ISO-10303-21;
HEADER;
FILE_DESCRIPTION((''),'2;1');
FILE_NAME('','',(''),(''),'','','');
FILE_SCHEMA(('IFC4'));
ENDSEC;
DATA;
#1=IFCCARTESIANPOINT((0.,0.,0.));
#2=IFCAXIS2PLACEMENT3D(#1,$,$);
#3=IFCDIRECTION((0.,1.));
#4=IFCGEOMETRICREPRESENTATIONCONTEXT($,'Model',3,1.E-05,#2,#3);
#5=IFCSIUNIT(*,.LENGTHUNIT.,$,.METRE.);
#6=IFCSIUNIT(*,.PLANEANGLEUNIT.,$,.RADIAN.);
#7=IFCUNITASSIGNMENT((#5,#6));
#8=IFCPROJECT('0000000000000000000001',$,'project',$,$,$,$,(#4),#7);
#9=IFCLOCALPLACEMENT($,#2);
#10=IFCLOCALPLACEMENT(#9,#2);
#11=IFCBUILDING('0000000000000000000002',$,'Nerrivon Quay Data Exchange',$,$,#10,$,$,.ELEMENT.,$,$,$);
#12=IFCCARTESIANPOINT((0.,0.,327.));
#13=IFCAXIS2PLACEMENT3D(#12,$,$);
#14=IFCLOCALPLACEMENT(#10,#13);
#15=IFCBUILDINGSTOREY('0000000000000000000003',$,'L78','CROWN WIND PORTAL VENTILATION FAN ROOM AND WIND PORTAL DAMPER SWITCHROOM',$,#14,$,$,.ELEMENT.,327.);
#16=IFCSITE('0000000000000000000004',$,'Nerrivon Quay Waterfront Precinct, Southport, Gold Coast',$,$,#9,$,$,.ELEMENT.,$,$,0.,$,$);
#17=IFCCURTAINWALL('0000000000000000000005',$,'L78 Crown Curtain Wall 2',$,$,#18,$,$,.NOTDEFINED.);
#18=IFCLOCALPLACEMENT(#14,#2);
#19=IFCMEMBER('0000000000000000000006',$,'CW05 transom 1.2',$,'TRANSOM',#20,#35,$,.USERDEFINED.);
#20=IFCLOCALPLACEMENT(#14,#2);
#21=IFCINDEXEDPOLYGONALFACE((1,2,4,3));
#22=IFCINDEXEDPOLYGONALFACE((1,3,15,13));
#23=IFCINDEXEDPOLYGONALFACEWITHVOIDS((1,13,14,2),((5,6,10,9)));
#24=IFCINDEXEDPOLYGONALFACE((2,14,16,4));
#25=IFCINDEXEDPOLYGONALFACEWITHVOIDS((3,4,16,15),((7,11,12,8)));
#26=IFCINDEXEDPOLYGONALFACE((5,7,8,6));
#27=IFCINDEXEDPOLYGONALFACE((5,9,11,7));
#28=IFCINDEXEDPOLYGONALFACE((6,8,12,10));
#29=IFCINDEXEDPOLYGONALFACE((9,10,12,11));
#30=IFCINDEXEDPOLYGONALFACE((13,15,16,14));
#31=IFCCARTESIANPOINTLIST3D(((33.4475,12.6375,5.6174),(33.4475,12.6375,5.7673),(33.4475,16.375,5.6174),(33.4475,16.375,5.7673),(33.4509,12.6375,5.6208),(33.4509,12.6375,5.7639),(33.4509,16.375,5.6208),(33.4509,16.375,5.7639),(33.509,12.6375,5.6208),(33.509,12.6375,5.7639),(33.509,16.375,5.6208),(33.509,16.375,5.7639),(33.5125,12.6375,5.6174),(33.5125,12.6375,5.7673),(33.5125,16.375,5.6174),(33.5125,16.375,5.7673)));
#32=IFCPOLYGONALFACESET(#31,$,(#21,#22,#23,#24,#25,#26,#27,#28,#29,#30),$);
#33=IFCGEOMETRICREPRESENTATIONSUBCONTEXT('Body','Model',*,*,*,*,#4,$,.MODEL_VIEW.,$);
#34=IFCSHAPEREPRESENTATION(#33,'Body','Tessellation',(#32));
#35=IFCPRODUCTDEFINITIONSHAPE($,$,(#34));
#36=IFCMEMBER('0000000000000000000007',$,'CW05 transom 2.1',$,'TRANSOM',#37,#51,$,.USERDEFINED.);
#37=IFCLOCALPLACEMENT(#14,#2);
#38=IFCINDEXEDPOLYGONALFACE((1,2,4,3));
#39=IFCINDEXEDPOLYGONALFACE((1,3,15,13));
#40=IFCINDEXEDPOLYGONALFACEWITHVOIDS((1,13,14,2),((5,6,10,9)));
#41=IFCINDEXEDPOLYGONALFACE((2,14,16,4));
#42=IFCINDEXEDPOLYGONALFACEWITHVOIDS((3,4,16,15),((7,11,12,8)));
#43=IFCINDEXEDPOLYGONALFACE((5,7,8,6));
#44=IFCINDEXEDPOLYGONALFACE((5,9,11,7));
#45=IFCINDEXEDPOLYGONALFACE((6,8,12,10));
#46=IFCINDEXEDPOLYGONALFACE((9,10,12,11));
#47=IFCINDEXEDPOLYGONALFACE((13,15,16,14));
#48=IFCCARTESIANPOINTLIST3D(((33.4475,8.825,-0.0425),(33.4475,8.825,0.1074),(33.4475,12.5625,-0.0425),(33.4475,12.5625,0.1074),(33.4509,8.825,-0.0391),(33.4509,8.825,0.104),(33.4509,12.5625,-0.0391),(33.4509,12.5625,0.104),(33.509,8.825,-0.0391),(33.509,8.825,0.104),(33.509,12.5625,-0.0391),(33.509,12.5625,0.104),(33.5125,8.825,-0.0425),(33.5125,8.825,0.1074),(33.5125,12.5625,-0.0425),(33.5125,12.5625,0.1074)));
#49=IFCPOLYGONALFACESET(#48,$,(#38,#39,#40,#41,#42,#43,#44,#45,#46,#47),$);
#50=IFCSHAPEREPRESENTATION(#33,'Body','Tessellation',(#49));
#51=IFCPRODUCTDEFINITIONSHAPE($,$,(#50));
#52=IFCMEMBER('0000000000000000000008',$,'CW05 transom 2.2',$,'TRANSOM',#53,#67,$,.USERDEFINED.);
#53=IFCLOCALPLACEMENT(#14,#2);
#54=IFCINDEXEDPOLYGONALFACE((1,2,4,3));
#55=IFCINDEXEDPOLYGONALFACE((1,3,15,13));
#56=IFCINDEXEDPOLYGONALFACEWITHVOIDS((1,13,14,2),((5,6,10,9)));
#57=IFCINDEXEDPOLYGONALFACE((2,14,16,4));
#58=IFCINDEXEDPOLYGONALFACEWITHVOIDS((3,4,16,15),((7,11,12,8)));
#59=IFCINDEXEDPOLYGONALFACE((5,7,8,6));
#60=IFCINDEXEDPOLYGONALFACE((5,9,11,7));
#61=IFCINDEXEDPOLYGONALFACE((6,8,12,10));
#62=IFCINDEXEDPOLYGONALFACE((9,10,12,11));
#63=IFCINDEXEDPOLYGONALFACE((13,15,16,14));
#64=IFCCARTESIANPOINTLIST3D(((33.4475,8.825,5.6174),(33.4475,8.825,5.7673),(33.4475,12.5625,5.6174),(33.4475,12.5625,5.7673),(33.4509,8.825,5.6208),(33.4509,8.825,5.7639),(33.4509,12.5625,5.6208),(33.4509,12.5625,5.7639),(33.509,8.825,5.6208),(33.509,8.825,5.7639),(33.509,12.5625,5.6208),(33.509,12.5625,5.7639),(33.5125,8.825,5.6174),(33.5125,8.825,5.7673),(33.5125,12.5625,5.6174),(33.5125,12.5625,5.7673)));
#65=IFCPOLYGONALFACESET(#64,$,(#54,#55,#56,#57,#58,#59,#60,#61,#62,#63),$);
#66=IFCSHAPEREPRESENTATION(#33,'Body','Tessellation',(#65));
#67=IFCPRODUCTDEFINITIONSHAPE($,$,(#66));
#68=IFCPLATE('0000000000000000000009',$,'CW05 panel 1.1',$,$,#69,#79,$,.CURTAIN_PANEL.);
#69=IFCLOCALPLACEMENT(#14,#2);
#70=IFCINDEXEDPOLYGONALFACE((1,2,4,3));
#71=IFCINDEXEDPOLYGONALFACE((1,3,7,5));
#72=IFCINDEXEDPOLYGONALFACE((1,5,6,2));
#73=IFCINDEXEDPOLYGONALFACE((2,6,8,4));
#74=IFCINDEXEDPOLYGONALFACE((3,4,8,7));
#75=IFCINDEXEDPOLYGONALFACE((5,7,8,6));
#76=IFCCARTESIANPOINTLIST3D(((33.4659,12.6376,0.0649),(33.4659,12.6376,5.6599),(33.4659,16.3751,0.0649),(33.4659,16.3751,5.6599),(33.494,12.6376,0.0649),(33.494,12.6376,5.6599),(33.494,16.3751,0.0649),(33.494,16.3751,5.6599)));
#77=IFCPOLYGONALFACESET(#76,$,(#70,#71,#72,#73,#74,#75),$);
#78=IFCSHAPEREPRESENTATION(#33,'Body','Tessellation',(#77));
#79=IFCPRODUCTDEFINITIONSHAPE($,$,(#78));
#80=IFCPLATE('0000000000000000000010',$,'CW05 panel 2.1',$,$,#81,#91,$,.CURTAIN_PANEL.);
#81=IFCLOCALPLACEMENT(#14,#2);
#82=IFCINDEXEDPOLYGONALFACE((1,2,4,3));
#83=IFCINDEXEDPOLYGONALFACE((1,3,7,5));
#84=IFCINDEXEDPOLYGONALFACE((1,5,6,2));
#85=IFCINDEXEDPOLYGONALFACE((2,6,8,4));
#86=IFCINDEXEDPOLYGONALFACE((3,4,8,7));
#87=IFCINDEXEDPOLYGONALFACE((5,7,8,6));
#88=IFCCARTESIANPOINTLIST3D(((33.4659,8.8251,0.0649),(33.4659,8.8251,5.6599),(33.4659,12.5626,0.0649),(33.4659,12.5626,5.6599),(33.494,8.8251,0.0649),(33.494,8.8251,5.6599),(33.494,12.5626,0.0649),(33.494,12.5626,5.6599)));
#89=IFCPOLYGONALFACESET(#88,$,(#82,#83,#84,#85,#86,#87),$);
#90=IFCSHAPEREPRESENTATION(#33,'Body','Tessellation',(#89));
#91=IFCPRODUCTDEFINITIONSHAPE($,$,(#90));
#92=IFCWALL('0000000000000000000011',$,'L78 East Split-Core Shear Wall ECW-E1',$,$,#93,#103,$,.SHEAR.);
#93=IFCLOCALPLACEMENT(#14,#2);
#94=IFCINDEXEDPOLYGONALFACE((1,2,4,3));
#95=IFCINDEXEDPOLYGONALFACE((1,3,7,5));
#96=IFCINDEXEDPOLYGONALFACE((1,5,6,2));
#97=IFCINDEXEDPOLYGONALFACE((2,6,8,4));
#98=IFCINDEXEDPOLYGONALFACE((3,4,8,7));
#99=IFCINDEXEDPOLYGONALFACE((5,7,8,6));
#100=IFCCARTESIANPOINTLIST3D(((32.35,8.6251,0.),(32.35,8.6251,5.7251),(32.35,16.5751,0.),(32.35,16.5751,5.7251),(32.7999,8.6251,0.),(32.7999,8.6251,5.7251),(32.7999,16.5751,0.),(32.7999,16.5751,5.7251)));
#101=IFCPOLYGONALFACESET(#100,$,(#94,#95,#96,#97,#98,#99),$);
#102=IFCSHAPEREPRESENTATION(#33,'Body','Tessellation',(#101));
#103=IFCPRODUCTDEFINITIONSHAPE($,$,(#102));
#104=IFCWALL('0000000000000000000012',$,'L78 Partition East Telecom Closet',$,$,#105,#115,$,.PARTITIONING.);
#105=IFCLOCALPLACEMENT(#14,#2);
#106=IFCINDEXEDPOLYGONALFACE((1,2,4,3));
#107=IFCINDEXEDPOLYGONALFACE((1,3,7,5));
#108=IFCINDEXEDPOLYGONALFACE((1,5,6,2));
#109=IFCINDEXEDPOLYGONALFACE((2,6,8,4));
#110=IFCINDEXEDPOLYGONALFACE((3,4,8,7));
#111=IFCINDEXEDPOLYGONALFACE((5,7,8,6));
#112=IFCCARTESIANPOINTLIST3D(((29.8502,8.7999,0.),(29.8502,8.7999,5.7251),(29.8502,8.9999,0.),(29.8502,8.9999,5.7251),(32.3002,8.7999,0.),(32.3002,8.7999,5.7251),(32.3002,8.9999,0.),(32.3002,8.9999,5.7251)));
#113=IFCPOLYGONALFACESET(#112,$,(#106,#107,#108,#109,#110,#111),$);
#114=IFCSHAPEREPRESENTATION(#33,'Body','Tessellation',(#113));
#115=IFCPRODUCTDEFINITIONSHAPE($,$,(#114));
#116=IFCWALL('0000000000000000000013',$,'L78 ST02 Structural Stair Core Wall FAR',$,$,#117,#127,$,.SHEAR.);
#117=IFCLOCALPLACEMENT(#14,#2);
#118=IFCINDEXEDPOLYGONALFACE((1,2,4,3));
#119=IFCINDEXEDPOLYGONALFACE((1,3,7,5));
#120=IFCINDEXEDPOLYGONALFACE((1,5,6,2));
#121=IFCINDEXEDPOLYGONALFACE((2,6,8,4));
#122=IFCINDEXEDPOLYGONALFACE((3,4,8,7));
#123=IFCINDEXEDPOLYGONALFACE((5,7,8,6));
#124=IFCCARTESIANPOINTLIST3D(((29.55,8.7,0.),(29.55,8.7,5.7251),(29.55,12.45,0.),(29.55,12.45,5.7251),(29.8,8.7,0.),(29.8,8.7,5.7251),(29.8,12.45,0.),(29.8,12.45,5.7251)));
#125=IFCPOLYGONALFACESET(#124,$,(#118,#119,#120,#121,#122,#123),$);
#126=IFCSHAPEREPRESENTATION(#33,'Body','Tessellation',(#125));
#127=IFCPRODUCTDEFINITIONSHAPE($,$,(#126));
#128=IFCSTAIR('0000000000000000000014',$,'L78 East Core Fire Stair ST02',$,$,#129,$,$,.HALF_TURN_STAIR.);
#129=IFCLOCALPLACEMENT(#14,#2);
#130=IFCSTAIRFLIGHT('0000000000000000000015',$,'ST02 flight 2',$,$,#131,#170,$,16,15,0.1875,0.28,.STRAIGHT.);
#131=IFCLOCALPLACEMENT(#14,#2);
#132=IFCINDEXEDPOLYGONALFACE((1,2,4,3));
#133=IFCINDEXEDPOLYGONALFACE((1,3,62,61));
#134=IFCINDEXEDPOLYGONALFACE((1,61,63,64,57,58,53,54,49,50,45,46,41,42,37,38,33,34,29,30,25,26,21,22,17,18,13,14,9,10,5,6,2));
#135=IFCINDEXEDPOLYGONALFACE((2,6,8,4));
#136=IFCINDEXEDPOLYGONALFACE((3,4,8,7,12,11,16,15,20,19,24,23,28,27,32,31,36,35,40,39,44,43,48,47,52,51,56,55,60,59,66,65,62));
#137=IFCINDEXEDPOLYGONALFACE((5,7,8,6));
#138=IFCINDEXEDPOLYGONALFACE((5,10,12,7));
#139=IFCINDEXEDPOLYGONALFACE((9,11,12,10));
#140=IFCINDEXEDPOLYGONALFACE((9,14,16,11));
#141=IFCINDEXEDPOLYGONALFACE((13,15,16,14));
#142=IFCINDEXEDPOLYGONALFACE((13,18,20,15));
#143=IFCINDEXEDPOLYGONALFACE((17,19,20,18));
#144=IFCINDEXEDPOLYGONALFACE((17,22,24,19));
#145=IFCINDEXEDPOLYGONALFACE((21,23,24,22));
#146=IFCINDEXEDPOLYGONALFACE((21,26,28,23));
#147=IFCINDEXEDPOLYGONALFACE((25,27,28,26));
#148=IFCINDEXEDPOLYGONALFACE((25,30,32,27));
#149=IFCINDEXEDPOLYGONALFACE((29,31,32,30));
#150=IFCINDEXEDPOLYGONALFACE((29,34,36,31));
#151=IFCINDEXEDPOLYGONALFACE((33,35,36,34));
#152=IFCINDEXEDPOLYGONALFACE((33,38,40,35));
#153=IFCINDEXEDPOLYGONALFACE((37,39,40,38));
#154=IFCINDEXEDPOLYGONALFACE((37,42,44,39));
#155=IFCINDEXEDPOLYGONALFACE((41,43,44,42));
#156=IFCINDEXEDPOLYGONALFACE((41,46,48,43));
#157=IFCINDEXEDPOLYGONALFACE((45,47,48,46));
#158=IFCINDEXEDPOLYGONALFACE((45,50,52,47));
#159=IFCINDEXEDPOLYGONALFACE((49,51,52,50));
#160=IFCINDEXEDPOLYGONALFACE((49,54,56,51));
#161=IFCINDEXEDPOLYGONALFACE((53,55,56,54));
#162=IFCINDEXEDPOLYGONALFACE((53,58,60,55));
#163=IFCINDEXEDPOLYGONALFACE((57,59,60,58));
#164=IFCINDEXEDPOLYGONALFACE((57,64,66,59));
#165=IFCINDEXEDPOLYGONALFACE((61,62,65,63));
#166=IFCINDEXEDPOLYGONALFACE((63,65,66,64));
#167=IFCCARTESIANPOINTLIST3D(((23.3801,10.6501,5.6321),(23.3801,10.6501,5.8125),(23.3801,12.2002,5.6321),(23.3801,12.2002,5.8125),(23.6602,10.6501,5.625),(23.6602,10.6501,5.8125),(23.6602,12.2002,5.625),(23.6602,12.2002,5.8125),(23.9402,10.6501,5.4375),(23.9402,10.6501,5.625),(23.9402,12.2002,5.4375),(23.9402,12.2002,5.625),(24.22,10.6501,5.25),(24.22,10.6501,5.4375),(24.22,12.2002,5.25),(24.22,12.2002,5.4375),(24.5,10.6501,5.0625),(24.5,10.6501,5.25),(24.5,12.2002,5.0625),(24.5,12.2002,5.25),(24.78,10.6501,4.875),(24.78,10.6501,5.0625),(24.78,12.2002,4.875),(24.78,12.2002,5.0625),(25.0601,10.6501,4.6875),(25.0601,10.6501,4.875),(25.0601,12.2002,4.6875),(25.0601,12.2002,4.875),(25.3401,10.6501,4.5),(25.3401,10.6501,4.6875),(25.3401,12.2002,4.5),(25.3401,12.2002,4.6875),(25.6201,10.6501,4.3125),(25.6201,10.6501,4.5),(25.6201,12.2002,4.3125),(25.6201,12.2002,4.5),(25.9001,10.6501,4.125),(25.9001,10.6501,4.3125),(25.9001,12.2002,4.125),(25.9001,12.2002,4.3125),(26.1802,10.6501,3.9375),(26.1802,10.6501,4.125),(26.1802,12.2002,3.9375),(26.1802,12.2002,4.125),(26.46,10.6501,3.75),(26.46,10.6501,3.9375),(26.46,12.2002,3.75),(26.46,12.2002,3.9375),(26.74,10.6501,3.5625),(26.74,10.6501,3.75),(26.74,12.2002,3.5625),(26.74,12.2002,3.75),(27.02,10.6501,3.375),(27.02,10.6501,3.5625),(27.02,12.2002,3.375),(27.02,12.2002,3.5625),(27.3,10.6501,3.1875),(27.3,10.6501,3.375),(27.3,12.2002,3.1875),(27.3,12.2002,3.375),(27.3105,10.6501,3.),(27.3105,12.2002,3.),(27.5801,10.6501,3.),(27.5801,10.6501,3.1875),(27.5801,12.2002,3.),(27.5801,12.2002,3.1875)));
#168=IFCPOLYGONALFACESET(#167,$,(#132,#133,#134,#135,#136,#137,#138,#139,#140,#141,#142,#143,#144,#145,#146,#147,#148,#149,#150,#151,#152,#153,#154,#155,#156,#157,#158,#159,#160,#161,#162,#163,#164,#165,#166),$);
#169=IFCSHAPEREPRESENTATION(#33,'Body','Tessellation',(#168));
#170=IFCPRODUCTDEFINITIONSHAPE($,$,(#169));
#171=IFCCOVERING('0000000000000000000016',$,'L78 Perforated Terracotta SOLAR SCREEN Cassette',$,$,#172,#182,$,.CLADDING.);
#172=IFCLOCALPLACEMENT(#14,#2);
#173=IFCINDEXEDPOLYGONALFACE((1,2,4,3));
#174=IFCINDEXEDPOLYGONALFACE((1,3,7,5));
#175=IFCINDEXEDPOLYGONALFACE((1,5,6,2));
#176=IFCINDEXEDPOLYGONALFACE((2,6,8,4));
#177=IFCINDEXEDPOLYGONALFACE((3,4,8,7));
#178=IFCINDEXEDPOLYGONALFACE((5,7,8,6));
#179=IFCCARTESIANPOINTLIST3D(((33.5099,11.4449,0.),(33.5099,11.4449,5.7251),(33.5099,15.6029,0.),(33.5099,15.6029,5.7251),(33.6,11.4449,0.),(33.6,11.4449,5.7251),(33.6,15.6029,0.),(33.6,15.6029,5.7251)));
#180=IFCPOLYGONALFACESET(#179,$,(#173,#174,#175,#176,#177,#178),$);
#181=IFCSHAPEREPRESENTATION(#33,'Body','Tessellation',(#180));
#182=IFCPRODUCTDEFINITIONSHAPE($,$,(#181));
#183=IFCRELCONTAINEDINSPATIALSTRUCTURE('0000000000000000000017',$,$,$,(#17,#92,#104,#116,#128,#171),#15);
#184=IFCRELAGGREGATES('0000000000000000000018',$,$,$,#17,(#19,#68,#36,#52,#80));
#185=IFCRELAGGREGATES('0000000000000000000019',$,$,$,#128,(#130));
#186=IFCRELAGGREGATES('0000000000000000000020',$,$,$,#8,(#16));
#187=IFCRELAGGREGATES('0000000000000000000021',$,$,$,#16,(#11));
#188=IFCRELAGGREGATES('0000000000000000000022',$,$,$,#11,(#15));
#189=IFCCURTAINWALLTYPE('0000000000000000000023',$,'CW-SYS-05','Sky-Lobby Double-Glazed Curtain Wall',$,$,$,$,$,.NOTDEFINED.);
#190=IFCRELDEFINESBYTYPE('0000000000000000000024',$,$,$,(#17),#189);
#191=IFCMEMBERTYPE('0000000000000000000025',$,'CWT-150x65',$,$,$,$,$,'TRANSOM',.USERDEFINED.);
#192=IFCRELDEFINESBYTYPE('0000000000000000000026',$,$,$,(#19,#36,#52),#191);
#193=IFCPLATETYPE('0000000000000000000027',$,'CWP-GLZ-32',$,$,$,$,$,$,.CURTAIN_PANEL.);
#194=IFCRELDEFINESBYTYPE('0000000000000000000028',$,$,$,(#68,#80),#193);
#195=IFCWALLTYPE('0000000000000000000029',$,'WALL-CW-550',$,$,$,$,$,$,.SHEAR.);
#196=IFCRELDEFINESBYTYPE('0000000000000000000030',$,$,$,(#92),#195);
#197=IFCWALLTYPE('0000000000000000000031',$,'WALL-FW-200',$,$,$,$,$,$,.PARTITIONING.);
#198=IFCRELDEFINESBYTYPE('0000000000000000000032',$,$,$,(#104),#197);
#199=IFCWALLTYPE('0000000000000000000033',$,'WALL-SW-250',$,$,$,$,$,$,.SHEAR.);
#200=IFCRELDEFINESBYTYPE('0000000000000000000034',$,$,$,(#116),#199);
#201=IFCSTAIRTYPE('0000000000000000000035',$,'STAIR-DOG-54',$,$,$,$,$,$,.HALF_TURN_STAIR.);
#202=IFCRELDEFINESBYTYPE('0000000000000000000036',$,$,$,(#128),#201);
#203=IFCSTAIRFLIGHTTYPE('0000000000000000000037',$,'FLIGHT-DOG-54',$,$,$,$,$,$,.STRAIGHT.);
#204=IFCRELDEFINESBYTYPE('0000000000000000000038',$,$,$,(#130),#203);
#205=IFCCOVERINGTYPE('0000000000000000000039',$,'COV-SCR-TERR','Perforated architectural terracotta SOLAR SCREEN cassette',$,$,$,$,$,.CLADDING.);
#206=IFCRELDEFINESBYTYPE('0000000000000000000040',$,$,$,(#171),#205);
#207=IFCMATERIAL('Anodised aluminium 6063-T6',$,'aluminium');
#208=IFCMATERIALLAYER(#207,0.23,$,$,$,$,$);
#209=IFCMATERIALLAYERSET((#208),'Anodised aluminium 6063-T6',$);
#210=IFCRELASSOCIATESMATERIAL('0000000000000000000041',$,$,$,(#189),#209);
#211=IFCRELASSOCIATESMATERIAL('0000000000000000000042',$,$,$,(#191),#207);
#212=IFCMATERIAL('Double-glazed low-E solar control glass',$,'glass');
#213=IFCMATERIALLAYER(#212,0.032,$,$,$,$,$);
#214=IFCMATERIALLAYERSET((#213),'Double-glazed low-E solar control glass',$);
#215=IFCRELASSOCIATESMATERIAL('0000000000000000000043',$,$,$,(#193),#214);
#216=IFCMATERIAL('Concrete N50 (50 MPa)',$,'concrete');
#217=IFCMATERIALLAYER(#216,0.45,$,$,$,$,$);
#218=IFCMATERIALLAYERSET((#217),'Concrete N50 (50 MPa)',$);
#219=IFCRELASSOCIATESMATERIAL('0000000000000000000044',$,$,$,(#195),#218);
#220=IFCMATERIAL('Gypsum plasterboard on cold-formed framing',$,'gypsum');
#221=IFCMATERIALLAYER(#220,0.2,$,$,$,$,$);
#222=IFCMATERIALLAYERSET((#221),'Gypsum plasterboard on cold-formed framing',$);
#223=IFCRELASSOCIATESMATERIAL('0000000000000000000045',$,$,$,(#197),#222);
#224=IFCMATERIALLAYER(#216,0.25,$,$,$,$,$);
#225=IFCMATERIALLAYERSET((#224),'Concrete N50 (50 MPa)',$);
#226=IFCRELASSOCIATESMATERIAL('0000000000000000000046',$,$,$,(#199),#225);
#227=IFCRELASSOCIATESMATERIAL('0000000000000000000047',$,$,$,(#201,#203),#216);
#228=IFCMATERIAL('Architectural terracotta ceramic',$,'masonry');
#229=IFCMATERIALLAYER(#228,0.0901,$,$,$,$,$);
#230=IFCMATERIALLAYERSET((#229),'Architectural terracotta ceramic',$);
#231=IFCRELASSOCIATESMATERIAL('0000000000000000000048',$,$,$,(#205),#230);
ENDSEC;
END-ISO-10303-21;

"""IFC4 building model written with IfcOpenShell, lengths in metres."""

from ifc_helpers import new_model, si_unit, direction, frame, frame_2d, origin, origin_2d, place, context, subcontext, project, spatial, polyline, rectangle, hollow_rectangle, outline, extrude, material, layer, layer_set, material_profile, profile_set, type_object, element, aggregate, save


model = new_model("IFC4")

# Units and contexts
model_context = context("Model", 3, precision=1e-05, world=origin(), true_north=direction((0.0, 1.0)))
body_context = subcontext(model_context, "Body", "Model", "MODEL_VIEW")
ifc_project = project(units=[si_unit("LENGTHUNIT", "METRE"), si_unit("PLANEANGLEUNIT", "RADIAN")], contexts=[model_context])

# Site, building, storey
site_placement = place(None, origin())
site = spatial("IfcSite", under=ifc_project, at=site_placement, Name="Nerrivon Quay Waterfront Precinct, Southport, Gold Coast", CompositionType="ELEMENT", RefElevation=0.0)
building_placement = place(site_placement, origin())
building = spatial("IfcBuilding", under=site, at=building_placement, Name="Nerrivon Quay Data Exchange", CompositionType="ELEMENT")
storey_placement = place(building_placement, frame((0.0, 0.0, 327.0)))
storey = spatial("IfcBuildingStorey", under=building, at=storey_placement, Name="L78", Description="CROWN WIND PORTAL VENTILATION FAN ROOM AND WIND PORTAL DAMPER SWITCHROOM", CompositionType="ELEMENT", Elevation=327.0)

# Shared definitions
ifc_material_1 = material(Name="Concrete N50 (50 MPa)", Category="concrete")

# Curtain wall, members, plates
ifc_material_2 = material(Name="Anodised aluminium 6063-T6", Category="aluminium")
ifc_layer_1 = layer(ifc_material_2, 0.23)
ifc_layer_set_1 = layer_set([ifc_layer_1], Name="Anodised aluminium 6063-T6")
curtain_wall_type = type_object("IfcCurtainWallType", Name="CW-SYS-05", Description="Sky-Lobby Double-Glazed Curtain Wall", PredefinedType="NOTDEFINED", material=ifc_layer_set_1)
curtain_wall_placement = place(storey_placement, origin())
curtain_wall = element("IfcCurtainWall", 1, at=curtain_wall_placement, inside=storey, type_object=curtain_wall_type, Name="L78 Crown Curtain Wall 2", PredefinedType="NOTDEFINED")
ifc_material_profile_1 = material_profile(ifc_material_2, hollow_rectangle(XDim=0.0649, YDim=0.1499, WallThickness=0.0034, at=origin_2d()), Name="ALU-TRAN-150x65")
ifc_profile_set_1 = profile_set([ifc_material_profile_1], Name="Anodised aluminium 6063-T6")
member_type_1 = type_object("IfcMemberType", Name="CWT-150x65", ElementType="TRANSOM", PredefinedType="USERDEFINED", material=ifc_profile_set_1)
member_1_placement = place(storey_placement, frame((33.48, 16.375, 5.6924), z_axis=(0.0, -1.0, 0.0), x_axis=(1.0, 0.0, 0.0)))
member_1 = element("IfcMember", 2, at=member_1_placement, type_object=member_type_1, Name="CW05 transom 1.2", ObjectType="TRANSOM", PredefinedType="USERDEFINED", context=body_context, shape_type="SweptSolid", body=[
    extrude(hollow_rectangle(XDim=0.0649, YDim=0.1499, WallThickness=0.0034, at=origin_2d()), origin(), (0.0, 0.0, 1.0), 3.7375),
])
member_2_placement = place(storey_placement, frame((33.48, 12.5625, 0.0325), z_axis=(0.0, -1.0, 0.0), x_axis=(1.0, 0.0, 0.0)))
member_2 = element("IfcMember", 3, at=member_2_placement, type_object=member_type_1, Name="CW05 transom 2.1", ObjectType="TRANSOM", PredefinedType="USERDEFINED", context=body_context, shape_type="SweptSolid", body=[
    extrude(hollow_rectangle(XDim=0.0649, YDim=0.1499, WallThickness=0.0034, at=origin_2d()), origin(), (0.0, 0.0, 1.0), 3.7375),
])
member_3_placement = place(storey_placement, frame((33.48, 12.5625, 5.6924), z_axis=(0.0, -1.0, 0.0), x_axis=(1.0, 0.0, 0.0)))
member_3 = element("IfcMember", 4, at=member_3_placement, type_object=member_type_1, Name="CW05 transom 2.2", ObjectType="TRANSOM", PredefinedType="USERDEFINED", context=body_context, shape_type="SweptSolid", body=[
    extrude(hollow_rectangle(XDim=0.0649, YDim=0.1499, WallThickness=0.0034, at=origin_2d()), origin(), (0.0, 0.0, 1.0), 3.7375),
])
ifc_material_3 = material(Name="Double-glazed low-E solar control glass", Category="glass")
ifc_layer_2 = layer(ifc_material_3, 0.032)
ifc_layer_set_2 = layer_set([ifc_layer_2], Name="Double-glazed low-E solar control glass")
plate_type = type_object("IfcPlateType", Name="CWP-GLZ-32", PredefinedType="CURTAIN_PANEL", material=ifc_layer_set_2)
plate_1_placement = place(storey_placement, frame((33.48, 14.5063, 0.0649), z_axis=(0.0, 0.0, 1.0), x_axis=(0.0, -1.0, 0.0)))
plate_1 = element("IfcPlate", 5, at=plate_1_placement, type_object=plate_type, Name="CW05 panel 1.1", PredefinedType="CURTAIN_PANEL", context=body_context, shape_type="SweptSolid", body=[
    extrude(rectangle(XDim=3.7375, YDim=0.0281, at=origin_2d()), origin(), (0.0, 0.0, 1.0), 5.595),
])
plate_2_placement = place(storey_placement, frame((33.48, 10.6938, 0.0649), z_axis=(0.0, 0.0, 1.0), x_axis=(0.0, -1.0, 0.0)))
plate_2 = element("IfcPlate", 6, at=plate_2_placement, type_object=plate_type, Name="CW05 panel 2.1", PredefinedType="CURTAIN_PANEL", context=body_context, shape_type="SweptSolid", body=[
    extrude(rectangle(XDim=3.7375, YDim=0.0281, at=origin_2d()), origin(), (0.0, 0.0, 1.0), 5.595),
])
aggregate(curtain_wall, [member_1, plate_1, member_2, member_3, plate_2])

# Wall
ifc_layer_3 = layer(ifc_material_1, 0.45)
ifc_layer_set_3 = layer_set([ifc_layer_3], Name="Concrete N50 (50 MPa)")
wall_type_1 = type_object("IfcWallType", Name="WALL-CW-550", PredefinedType="SHEAR", material=ifc_layer_set_3)
wall_1_placement = place(storey_placement, frame((32.575, 8.625, 0.0), z_axis=(0.0, 0.0, 1.0), x_axis=(0.0, 1.0, 0.0)))
element("IfcWall", 7, at=wall_1_placement, inside=storey, type_object=wall_type_1, Name="L78 East Split-Core Shear Wall ECW-E1", PredefinedType="SHEAR", context=body_context, shape_type="SweptSolid", body=[
    extrude(rectangle(XDim=7.95, YDim=0.45, at=frame_2d((3.9751, 0.0))), origin(), (0.0, 0.0, 1.0), 5.7251),
])

# Shared definitions
ifc_material_4 = material(Name="Gypsum plasterboard on cold-formed framing", Category="gypsum")
ifc_layer_4 = layer(ifc_material_4, 0.2)
ifc_layer_set_4 = layer_set([ifc_layer_4], Name="Gypsum plasterboard on cold-formed framing")
wall_type_2 = type_object("IfcWallType", Name="WALL-FW-200", PredefinedType="PARTITIONING", material=ifc_layer_set_4)

# Walls
wall_2_placement = place(storey_placement, frame((29.8501, 8.8999, 0.0), z_axis=(0.0, 0.0, 1.0), x_axis=(1.0, 0.0, 0.0)))
element("IfcWall", 8, at=wall_2_placement, inside=storey, type_object=wall_type_2, Name="L78 Partition East Telecom Closet", PredefinedType="PARTITIONING", context=body_context, shape_type="SweptSolid", body=[
    extrude(rectangle(XDim=2.45, YDim=0.2, at=frame_2d((1.2251, 0.0))), origin(), (0.0, 0.0, 1.0), 5.7251),
])
ifc_layer_5 = layer(ifc_material_1, 0.25)
ifc_layer_set_5 = layer_set([ifc_layer_5], Name="Concrete N50 (50 MPa)")
wall_type_3 = type_object("IfcWallType", Name="WALL-SW-250", PredefinedType="SHEAR", material=ifc_layer_set_5)
wall_3_placement = place(storey_placement, frame((29.675, 8.7, 0.0), z_axis=(0.0, 0.0, 1.0), x_axis=(0.0, 1.0, 0.0)))
element("IfcWall", 9, at=wall_3_placement, inside=storey, type_object=wall_type_3, Name="L78 ST02 Structural Stair Core Wall FAR", PredefinedType="SHEAR", context=body_context, shape_type="SweptSolid", body=[
    extrude(rectangle(XDim=3.75, YDim=0.25, at=frame_2d((1.875, 0.0))), origin(), (0.0, 0.0, 1.0), 5.7251),
])

# Stair, stair flight
stair_type = type_object("IfcStairType", Name="STAIR-DOG-54", PredefinedType="HALF_TURN_STAIR", material=ifc_material_1)
stair_placement = place(storey_placement, origin())
stair = element("IfcStair", 10, at=stair_placement, inside=storey, type_object=stair_type, Name="L78 East Core Fire Stair ST02", PredefinedType="HALF_TURN_STAIR")
stair_flight_type = type_object("IfcStairFlightType", Name="FLIGHT-DOG-54", PredefinedType="STRAIGHT", material=ifc_material_1)
stair_flight_placement = place(storey_placement, frame((27.5801, 11.425, 3.0), z_axis=(0.0, 0.0, 1.0), x_axis=(-1.0, 0.0, 0.0)))
stair_flight = element("IfcStairFlight", 11, at=stair_flight_placement, type_object=stair_flight_type, Name="ST02 flight 2", NumberOfRisers=16, NumberOfTreads=15, PredefinedType="STRAIGHT", RiserHeight=0.1875, TreadLength=0.28, context=body_context, shape_type="SweptSolid", body=[
    extrude(outline(polyline([(0.0, 0.0), (0.0, 0.1875), (0.28, 0.1875), (0.28, 0.375), (0.5601, 0.375), (0.5601, 0.5625), (0.8401, 0.5625), (0.8401, 0.75), (1.1201, 0.75), (1.1201, 0.9375), (1.3999, 0.9375), (1.3999, 1.125), (1.6799, 1.125), (1.6799, 1.3125), (1.96, 1.3125), (1.96, 1.5), (2.24, 1.5), (2.24, 1.6875), (2.52, 1.6875), (2.52, 1.875), (2.8, 1.875), (2.8, 2.0625), (3.0801, 2.0625), (3.0801, 2.25), (3.3601, 2.25), (3.3601, 2.4375), (3.6399, 2.4375), (3.6399, 2.625), (3.9199, 2.625), (3.9199, 2.8125), (4.2, 2.8125), (4.2, 3.0), (4.2, 2.6321), (0.2695, 0.0), (0.0, 0.0)])), frame((0.0, 0.7749, 0.0), z_axis=(0.0, -1.0, 0.0), x_axis=(1.0, 0.0, 0.0)), (0.0, 0.0, 1.0), 1.55),
])
aggregate(stair, [stair_flight])

# Covering
ifc_material_5 = material(Name="Architectural terracotta ceramic", Category="masonry")
ifc_layer_6 = layer(ifc_material_5, 0.0901)
ifc_layer_set_6 = layer_set([ifc_layer_6], Name="Architectural terracotta ceramic")
covering_type = type_object("IfcCoveringType", Name="COV-SCR-TERR", Description="Perforated architectural terracotta SOLAR SCREEN cassette", PredefinedType="CLADDING", material=ifc_layer_set_6)
covering_placement = place(storey_placement, frame((33.5549, 13.5239, 0.0), z_axis=(0.0, 0.0, 1.0), x_axis=(0.0, -1.0, 0.0)))
element("IfcCovering", 12, at=covering_placement, inside=storey, type_object=covering_type, Name="L78 Perforated Terracotta SOLAR SCREEN Cassette", PredefinedType="CLADDING", context=body_context, shape_type="SweptSolid", body=[
    extrude(rectangle(XDim=4.158, YDim=0.0901, at=origin_2d()), origin(), (0.0, 0.0, 1.0), 5.7251),
])

save(model, "model.ifc")
